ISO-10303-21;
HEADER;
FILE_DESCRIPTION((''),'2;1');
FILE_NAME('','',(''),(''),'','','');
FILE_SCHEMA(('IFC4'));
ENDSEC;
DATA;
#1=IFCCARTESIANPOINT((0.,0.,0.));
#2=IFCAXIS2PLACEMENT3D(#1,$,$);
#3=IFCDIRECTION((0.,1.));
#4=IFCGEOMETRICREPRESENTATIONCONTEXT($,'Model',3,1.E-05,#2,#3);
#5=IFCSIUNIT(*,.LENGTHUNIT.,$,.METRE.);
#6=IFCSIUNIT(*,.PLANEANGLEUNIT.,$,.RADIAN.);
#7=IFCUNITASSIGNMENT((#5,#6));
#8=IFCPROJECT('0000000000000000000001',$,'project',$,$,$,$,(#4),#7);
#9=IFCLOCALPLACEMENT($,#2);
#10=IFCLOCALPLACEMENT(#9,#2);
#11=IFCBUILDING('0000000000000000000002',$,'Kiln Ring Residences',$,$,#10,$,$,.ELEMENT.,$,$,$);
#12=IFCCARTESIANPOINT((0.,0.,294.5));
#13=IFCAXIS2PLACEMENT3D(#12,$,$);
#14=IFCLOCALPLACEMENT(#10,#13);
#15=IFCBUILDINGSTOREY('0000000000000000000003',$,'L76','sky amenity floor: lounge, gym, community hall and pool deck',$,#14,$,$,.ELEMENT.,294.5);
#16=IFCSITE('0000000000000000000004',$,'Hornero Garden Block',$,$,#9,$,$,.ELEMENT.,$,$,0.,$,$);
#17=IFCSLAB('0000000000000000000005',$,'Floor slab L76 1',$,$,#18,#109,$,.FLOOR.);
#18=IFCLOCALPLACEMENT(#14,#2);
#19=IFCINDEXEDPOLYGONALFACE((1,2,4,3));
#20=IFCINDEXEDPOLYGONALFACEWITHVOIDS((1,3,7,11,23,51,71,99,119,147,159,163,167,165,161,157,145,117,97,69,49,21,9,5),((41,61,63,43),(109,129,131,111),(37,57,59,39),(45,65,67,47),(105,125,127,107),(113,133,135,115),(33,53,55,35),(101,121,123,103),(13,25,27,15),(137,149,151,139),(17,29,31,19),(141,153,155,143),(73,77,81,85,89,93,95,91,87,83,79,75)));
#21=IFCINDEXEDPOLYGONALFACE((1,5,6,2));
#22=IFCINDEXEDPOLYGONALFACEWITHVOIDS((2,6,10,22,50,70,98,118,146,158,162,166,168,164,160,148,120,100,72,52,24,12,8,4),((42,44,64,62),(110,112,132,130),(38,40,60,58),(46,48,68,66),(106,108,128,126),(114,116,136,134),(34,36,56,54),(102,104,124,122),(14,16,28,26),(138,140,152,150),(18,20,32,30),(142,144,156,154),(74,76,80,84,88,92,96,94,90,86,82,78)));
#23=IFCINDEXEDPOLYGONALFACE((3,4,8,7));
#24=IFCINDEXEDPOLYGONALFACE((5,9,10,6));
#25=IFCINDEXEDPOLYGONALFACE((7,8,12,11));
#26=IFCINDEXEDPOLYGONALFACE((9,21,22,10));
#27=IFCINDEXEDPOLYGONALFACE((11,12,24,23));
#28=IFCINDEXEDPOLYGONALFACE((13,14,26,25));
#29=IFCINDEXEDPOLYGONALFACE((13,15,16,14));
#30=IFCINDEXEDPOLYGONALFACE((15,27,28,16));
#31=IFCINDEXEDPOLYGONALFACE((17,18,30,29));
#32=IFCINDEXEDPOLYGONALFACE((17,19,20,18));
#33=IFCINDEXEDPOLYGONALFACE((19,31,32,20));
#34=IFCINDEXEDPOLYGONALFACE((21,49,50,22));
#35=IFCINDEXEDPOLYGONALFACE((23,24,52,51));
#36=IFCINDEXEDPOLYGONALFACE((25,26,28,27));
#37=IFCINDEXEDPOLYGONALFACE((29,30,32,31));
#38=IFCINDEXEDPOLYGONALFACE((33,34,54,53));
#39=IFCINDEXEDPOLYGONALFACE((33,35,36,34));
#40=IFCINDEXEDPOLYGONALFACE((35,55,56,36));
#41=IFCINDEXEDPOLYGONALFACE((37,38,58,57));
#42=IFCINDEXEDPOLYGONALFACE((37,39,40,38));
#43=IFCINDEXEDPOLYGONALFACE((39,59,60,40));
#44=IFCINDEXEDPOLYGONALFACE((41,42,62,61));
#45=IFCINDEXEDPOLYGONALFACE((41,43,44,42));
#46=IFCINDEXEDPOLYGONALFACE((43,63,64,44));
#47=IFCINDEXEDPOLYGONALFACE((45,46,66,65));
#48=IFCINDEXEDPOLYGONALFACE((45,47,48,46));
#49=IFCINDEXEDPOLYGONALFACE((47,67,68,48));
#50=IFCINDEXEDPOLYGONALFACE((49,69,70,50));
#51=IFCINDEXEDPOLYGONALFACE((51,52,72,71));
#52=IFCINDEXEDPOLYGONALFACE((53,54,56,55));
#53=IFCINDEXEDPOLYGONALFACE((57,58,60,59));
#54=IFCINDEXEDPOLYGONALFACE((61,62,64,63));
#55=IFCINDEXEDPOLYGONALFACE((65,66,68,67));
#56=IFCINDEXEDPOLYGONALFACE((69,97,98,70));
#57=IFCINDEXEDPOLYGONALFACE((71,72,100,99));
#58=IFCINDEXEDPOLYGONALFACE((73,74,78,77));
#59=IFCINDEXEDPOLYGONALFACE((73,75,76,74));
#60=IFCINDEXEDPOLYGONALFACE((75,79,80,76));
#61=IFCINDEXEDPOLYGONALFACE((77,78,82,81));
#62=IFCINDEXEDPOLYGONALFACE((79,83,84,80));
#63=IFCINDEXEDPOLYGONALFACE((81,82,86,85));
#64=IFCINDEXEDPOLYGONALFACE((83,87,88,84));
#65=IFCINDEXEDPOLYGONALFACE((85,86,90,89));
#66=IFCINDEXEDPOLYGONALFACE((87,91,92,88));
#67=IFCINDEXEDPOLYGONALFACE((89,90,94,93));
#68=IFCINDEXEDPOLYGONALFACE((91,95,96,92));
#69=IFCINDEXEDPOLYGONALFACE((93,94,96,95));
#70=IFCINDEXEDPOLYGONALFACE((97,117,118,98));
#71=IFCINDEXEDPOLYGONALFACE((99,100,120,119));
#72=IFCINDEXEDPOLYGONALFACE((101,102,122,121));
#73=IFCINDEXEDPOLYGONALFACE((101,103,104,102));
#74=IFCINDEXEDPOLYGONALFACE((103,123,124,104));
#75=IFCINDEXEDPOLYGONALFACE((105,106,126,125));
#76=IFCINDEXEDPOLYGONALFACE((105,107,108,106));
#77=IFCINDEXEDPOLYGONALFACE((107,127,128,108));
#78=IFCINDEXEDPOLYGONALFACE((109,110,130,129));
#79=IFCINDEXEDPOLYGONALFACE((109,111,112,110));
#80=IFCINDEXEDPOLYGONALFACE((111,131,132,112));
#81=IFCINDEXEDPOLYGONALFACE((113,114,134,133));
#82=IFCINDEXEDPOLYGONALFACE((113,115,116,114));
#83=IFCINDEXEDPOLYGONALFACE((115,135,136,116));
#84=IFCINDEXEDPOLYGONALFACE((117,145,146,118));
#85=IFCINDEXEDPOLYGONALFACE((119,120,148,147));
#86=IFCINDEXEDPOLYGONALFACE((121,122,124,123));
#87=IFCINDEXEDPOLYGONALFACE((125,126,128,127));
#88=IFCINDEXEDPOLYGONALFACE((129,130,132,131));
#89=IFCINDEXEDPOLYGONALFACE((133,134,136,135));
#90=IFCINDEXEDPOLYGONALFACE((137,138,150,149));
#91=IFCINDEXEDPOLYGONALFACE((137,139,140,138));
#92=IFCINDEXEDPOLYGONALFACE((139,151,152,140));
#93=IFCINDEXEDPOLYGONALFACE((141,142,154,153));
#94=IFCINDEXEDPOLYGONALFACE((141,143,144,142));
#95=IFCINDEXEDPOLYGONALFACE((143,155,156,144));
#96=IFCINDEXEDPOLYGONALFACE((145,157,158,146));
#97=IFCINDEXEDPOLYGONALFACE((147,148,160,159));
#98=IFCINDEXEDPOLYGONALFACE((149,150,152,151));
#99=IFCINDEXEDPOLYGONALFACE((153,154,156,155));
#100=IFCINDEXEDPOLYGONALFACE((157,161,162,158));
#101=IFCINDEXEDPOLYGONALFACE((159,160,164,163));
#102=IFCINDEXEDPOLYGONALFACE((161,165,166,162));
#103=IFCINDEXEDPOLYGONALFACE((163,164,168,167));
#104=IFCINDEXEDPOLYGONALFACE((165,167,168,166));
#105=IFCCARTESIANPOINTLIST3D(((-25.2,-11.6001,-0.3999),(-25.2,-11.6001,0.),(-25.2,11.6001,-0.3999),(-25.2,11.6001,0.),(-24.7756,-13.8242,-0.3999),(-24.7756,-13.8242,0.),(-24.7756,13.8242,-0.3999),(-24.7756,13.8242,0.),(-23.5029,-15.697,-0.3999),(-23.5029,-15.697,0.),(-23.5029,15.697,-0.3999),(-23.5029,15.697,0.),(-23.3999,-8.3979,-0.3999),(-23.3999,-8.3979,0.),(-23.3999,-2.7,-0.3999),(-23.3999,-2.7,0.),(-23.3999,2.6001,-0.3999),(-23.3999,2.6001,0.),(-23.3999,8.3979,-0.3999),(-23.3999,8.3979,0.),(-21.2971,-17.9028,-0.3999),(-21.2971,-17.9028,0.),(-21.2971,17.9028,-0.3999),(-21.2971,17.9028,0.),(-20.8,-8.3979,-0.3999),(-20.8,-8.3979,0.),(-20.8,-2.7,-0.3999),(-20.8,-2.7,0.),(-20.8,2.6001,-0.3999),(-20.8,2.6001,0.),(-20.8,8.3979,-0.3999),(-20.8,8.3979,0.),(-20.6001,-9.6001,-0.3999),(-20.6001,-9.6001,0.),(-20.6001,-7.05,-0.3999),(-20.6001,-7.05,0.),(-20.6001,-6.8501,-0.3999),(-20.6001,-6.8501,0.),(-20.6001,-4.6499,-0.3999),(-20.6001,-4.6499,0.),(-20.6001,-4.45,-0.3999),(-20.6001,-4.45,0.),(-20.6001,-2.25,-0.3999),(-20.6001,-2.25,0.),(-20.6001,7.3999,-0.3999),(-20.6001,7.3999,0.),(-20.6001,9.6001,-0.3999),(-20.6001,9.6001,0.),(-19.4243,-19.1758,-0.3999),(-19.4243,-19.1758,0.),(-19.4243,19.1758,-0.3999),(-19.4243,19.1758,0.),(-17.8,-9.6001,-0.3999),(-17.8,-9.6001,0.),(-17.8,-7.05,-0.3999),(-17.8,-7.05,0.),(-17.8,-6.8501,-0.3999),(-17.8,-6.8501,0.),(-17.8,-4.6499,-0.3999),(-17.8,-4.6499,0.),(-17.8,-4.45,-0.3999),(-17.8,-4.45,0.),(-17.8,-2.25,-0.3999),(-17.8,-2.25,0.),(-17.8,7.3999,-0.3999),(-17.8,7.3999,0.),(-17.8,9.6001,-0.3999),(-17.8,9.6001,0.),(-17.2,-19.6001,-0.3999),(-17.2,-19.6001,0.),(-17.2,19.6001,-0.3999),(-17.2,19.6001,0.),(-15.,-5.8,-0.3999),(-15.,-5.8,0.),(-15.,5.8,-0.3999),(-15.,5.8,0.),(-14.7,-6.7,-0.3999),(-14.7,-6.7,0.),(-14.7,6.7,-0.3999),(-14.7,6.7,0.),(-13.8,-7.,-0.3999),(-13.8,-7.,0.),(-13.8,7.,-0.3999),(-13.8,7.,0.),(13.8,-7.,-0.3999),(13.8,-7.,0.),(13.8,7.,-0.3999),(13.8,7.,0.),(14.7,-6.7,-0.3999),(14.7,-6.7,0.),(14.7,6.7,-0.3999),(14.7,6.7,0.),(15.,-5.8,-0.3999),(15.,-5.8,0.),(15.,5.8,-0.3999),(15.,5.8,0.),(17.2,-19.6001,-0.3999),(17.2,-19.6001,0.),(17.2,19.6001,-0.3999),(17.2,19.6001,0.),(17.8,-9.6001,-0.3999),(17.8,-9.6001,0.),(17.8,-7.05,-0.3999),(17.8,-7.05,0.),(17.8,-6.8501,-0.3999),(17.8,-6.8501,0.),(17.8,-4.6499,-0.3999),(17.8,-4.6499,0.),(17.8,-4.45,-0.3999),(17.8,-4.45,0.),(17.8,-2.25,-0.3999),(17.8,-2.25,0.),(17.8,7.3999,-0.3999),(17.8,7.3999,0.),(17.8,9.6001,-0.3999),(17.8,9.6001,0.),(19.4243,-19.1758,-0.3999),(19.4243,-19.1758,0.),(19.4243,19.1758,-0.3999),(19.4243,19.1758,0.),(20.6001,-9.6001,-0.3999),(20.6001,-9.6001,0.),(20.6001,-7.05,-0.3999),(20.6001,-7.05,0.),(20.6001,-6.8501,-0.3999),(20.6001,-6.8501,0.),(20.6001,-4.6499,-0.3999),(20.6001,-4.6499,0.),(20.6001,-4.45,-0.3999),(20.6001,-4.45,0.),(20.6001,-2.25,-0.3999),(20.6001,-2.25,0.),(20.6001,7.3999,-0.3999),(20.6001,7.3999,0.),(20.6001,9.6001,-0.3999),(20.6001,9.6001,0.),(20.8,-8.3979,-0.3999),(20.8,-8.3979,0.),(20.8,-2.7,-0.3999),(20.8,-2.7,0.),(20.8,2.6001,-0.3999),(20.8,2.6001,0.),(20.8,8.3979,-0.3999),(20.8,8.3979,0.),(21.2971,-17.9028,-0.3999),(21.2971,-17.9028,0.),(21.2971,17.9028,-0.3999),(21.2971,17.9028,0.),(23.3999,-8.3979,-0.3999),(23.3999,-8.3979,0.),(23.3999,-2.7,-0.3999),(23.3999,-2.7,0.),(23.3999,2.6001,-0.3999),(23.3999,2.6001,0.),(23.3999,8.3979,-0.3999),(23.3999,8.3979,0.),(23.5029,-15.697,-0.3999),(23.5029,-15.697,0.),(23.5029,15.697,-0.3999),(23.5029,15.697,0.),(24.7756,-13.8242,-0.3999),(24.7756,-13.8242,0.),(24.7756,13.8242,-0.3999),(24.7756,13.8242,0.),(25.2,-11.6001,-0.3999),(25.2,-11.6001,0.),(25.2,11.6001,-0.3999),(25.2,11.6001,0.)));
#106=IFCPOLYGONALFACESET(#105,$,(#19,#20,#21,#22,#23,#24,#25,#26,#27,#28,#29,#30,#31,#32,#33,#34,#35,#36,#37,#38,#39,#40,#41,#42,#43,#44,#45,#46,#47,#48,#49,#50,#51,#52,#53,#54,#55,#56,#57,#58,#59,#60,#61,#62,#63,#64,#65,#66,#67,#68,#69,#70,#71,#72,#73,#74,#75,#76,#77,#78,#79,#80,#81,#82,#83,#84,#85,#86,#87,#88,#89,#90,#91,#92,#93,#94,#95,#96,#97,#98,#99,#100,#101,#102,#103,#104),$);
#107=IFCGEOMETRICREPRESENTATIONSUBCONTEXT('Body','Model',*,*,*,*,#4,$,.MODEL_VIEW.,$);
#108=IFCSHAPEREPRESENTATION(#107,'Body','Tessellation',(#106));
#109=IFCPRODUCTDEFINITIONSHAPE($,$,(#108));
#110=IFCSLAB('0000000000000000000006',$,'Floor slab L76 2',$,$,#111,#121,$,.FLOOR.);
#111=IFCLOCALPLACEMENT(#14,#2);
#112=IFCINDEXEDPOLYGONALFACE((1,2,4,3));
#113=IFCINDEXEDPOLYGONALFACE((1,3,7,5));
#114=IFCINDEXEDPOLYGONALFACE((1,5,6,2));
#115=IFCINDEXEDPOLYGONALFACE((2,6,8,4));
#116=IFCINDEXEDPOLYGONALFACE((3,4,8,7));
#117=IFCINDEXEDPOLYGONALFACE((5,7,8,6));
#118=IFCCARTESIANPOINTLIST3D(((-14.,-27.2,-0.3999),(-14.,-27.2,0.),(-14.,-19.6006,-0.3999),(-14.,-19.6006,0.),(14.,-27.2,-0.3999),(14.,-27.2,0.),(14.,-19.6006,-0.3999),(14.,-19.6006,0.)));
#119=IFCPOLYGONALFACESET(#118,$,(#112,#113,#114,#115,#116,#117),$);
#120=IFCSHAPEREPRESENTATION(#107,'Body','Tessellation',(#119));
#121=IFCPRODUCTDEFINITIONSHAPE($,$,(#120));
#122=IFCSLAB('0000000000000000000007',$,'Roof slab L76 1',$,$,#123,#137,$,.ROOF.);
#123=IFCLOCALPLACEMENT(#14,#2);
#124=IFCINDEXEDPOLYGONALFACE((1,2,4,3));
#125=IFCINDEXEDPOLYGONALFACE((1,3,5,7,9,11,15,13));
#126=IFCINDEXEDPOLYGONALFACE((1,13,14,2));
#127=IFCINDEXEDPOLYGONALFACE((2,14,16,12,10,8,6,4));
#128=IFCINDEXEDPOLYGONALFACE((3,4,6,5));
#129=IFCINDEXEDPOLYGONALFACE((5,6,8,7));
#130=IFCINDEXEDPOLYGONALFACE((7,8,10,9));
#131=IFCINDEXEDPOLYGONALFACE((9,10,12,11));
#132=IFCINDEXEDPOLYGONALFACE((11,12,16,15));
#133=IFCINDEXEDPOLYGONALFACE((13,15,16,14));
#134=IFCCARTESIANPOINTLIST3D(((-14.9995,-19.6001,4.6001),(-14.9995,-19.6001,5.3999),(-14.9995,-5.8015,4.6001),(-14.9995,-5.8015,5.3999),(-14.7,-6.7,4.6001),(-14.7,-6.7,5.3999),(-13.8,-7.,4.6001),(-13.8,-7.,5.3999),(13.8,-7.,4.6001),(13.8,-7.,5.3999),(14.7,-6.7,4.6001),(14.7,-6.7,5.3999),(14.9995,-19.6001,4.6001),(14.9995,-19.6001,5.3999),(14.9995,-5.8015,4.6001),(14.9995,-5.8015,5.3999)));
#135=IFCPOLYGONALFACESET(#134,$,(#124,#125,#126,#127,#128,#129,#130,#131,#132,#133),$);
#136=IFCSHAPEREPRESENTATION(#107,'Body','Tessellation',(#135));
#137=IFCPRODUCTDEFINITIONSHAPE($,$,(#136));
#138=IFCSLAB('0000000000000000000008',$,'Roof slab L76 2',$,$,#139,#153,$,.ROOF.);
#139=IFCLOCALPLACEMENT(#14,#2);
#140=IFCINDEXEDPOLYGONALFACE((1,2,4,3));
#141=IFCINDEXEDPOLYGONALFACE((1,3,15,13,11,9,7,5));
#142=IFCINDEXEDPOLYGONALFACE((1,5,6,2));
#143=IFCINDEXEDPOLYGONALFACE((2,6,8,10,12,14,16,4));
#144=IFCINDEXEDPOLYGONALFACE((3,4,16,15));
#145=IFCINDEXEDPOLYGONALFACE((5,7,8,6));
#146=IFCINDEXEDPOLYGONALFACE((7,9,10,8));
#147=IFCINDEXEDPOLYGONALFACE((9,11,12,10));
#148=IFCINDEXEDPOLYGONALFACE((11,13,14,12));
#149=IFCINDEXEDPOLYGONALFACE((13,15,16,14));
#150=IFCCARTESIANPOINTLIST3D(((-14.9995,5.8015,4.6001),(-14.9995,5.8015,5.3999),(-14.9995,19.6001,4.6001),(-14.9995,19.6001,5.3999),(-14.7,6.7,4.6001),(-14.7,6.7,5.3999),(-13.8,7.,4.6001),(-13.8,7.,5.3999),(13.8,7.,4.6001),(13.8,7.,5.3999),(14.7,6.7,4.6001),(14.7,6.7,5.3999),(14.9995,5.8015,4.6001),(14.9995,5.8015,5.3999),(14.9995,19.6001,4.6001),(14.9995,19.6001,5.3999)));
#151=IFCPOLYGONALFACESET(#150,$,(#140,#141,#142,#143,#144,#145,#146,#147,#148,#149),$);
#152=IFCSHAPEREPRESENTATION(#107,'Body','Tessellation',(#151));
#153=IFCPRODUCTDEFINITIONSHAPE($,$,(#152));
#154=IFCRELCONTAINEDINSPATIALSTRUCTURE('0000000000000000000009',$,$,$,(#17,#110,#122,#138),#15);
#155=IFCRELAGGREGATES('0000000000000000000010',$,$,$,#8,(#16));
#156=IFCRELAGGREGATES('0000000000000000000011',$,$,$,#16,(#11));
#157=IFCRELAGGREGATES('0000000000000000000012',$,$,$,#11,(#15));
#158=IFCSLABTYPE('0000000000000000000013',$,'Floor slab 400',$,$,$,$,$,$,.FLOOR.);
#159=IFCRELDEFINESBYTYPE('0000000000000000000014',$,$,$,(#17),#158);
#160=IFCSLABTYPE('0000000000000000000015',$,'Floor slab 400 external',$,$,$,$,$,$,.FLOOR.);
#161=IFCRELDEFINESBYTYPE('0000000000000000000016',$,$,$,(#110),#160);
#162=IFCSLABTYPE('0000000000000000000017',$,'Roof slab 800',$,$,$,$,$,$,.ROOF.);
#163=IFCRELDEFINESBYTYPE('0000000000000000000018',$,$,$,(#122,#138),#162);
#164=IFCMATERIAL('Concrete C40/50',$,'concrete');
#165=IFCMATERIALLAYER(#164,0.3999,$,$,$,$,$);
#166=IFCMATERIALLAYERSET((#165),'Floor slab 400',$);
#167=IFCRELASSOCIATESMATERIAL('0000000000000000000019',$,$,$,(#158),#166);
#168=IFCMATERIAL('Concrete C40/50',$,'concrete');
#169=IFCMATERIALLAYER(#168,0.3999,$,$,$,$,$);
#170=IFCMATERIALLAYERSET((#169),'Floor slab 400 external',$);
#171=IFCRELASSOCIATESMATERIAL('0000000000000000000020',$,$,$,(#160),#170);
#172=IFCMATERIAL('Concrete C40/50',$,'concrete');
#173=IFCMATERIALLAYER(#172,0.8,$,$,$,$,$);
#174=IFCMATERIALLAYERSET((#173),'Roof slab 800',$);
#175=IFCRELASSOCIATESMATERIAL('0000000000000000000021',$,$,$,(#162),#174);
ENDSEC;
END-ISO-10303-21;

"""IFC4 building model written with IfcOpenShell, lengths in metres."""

from ifc_helpers import new_model, si_unit, direction, frame, origin, place, context, subcontext, project, spatial, polyline, outline, extrude, material, layer, layer_set, type_object, element, save


model = new_model("IFC4")

# Units and contexts
model_context = context("Model", 3, precision=1e-05, world=origin(), true_north=direction((0.0, 1.0)))
body_context = subcontext(model_context, "Body", "Model", "MODEL_VIEW")
ifc_project = project(units=[si_unit("LENGTHUNIT", "METRE"), si_unit("PLANEANGLEUNIT", "RADIAN")], contexts=[model_context])

# Site, building, storey
site_placement = place(None, origin())
site = spatial("IfcSite", under=ifc_project, at=site_placement, Name="Hornero Garden Block", CompositionType="ELEMENT", RefElevation=0.0)
building_placement = place(site_placement, origin())
building = spatial("IfcBuilding", under=site, at=building_placement, Name="Kiln Ring Residences", CompositionType="ELEMENT")
storey_placement = place(building_placement, frame((0.0, 0.0, 294.5)))
storey = spatial("IfcBuildingStorey", under=building, at=storey_placement, Name="L76", Description="sky amenity floor: lounge, gym, community hall and pool deck", CompositionType="ELEMENT", Elevation=294.5)

# Slabs
ifc_material_1 = material(Name="Concrete C40/50", Category="concrete")
ifc_layer_1 = layer(ifc_material_1, 0.3999)
ifc_layer_set_1 = layer_set([ifc_layer_1], Name="Floor slab 400")
slab_type_1 = type_object("IfcSlabType", Name="Floor slab 400", PredefinedType="FLOOR", material=ifc_layer_set_1)
placement_1 = place(storey_placement, frame((0.0, 0.0, -0.3999)))
element("IfcSlab", 1, at=placement_1, inside=storey, type_object=slab_type_1, Name="Floor slab L76 1", PredefinedType="FLOOR", context=body_context, shape_type="SweptSolid", body=[
    extrude(outline(polyline([(-23.5029, -15.697), (-21.2971, -17.9028), (-19.4243, -19.1758), (-17.2, -19.6001), (17.2, -19.6001), (19.4243, -19.1758), (21.2971, -17.9028), (23.5029, -15.697), (24.7756, -13.8242), (25.2, -11.6001), (25.2, 11.6001), (24.7756, 13.8242), (23.5029, 15.697), (21.2971, 17.9028), (19.4243, 19.1758), (17.2, 19.6001), (-17.2, 19.6001), (-19.4243, 19.1758), (-21.2971, 17.9028), (-23.5029, 15.697), (-24.7756, 13.8242), (-25.2, 11.6001), (-25.2, -11.6001), (-24.7756, -13.8242), (-23.5029, -15.697)]), holes=[polyline([(-14.7, -6.7), (-15.0, -5.8), (-15.0, 5.8), (-14.7, 6.7), (-13.8, 7.0), (13.8, 7.0), (14.7, 6.7), (15.0, 5.8), (15.0, -5.8), (14.7, -6.7), (13.8, -7.0), (-13.8, -7.0), (-14.7, -6.7)]), polyline([(20.8, -8.3979), (20.8, -2.7), (23.3999, -2.7), (23.3999, -8.3979), (20.8, -8.3979)]), polyline([(20.8, 2.6001), (20.8, 8.3979), (23.3999, 8.3979), (23.3999, 2.6001), (20.8, 2.6001)]), polyline([(17.8, -6.8501), (17.8, -4.6499), (20.6001, -4.6499), (20.6001, -6.8501), (17.8, -6.8501)]), polyline([(17.8, 7.3999), (17.8, 9.6001), (20.6001, 9.6001), (20.6001, 7.3999), (17.8, 7.3999)]), polyline([(20.6001, -9.6001), (17.8, -9.6001), (17.8, -7.05), (20.6001, -7.05), (20.6001, -9.6001)]), polyline([(20.6001, -4.45), (17.8, -4.45), (17.8, -2.25), (20.6001, -2.25), (20.6001, -4.45)]), polyline([(-17.8, -7.05), (-17.8, -9.6001), (-20.6001, -9.6001), (-20.6001, -7.05), (-17.8, -7.05)]), polyline([(-17.8, -6.8501), (-20.6001, -6.8501), (-20.6001, -4.6499), (-17.8, -4.6499), (-17.8, -6.8501)]), polyline([(-17.8, -2.25), (-17.8, -4.45), (-20.6001, -4.45), (-20.6001, -2.25), (-17.8, -2.25)]), polyline([(-17.8, 7.3999), (-20.6001, 7.3999), (-20.6001, 9.6001), (-17.8, 9.6001), (-17.8, 7.3999)]), polyline([(-20.8, -8.3979), (-23.3999, -8.3979), (-23.3999, -2.7), (-20.8, -2.7), (-20.8, -8.3979)]), polyline([(-20.8, 2.6001), (-23.3999, 2.6001), (-23.3999, 8.3979), (-20.8, 8.3979), (-20.8, 2.6001)])]), origin(), (0.0, 0.0, 1.0), 0.3999),
])
ifc_material_2 = material(Name="Concrete C40/50", Category="concrete")
ifc_layer_2 = layer(ifc_material_2, 0.3999)
ifc_layer_set_2 = layer_set([ifc_layer_2], Name="Floor slab 400 external")
slab_type_2 = type_object("IfcSlabType", Name="Floor slab 400 external", PredefinedType="FLOOR", material=ifc_layer_set_2)
element("IfcSlab", 2, at=placement_1, inside=storey, type_object=slab_type_2, Name="Floor slab L76 2", PredefinedType="FLOOR", context=body_context, shape_type="SweptSolid", body=[
    extrude(outline(polyline([(14.0, -19.6006), (-14.0, -19.6006), (-14.0, -27.2), (14.0, -27.2), (14.0, -19.6006)])), origin(), (0.0, 0.0, 1.0), 0.3999),
])
ifc_material_3 = material(Name="Concrete C40/50", Category="concrete")
ifc_layer_3 = layer(ifc_material_3, 0.8)
ifc_layer_set_3 = layer_set([ifc_layer_3], Name="Roof slab 800")
slab_type_3 = type_object("IfcSlabType", Name="Roof slab 800", PredefinedType="ROOF", material=ifc_layer_set_3)
placement_2 = place(storey_placement, frame((0.0, 0.0, 4.6001)))
element("IfcSlab", 3, at=placement_2, inside=storey, type_object=slab_type_3, Name="Roof slab L76 1", PredefinedType="ROOF", context=body_context, shape_type="SweptSolid", body=[
    extrude(outline(polyline([(14.9995, -19.6001), (14.9995, -5.8015), (14.7, -6.7), (13.8, -7.0), (-13.8, -7.0), (-14.7, -6.7), (-14.9995, -5.8015), (-14.9995, -19.6001), (14.9995, -19.6001)])), origin(), (0.0, 0.0, 1.0), 0.7998),
])
element("IfcSlab", 4, at=placement_2, inside=storey, type_object=slab_type_3, Name="Roof slab L76 2", PredefinedType="ROOF", context=body_context, shape_type="SweptSolid", body=[
    extrude(outline(polyline([(-14.9995, 19.6001), (-14.9995, 5.8015), (-14.7, 6.7), (-13.8, 7.0), (13.8, 7.0), (14.7, 6.7), (14.9995, 5.8015), (14.9995, 19.6001), (-14.9995, 19.6001)])), origin(), (0.0, 0.0, 1.0), 0.7998),
])

save(model, "model.ifc")
